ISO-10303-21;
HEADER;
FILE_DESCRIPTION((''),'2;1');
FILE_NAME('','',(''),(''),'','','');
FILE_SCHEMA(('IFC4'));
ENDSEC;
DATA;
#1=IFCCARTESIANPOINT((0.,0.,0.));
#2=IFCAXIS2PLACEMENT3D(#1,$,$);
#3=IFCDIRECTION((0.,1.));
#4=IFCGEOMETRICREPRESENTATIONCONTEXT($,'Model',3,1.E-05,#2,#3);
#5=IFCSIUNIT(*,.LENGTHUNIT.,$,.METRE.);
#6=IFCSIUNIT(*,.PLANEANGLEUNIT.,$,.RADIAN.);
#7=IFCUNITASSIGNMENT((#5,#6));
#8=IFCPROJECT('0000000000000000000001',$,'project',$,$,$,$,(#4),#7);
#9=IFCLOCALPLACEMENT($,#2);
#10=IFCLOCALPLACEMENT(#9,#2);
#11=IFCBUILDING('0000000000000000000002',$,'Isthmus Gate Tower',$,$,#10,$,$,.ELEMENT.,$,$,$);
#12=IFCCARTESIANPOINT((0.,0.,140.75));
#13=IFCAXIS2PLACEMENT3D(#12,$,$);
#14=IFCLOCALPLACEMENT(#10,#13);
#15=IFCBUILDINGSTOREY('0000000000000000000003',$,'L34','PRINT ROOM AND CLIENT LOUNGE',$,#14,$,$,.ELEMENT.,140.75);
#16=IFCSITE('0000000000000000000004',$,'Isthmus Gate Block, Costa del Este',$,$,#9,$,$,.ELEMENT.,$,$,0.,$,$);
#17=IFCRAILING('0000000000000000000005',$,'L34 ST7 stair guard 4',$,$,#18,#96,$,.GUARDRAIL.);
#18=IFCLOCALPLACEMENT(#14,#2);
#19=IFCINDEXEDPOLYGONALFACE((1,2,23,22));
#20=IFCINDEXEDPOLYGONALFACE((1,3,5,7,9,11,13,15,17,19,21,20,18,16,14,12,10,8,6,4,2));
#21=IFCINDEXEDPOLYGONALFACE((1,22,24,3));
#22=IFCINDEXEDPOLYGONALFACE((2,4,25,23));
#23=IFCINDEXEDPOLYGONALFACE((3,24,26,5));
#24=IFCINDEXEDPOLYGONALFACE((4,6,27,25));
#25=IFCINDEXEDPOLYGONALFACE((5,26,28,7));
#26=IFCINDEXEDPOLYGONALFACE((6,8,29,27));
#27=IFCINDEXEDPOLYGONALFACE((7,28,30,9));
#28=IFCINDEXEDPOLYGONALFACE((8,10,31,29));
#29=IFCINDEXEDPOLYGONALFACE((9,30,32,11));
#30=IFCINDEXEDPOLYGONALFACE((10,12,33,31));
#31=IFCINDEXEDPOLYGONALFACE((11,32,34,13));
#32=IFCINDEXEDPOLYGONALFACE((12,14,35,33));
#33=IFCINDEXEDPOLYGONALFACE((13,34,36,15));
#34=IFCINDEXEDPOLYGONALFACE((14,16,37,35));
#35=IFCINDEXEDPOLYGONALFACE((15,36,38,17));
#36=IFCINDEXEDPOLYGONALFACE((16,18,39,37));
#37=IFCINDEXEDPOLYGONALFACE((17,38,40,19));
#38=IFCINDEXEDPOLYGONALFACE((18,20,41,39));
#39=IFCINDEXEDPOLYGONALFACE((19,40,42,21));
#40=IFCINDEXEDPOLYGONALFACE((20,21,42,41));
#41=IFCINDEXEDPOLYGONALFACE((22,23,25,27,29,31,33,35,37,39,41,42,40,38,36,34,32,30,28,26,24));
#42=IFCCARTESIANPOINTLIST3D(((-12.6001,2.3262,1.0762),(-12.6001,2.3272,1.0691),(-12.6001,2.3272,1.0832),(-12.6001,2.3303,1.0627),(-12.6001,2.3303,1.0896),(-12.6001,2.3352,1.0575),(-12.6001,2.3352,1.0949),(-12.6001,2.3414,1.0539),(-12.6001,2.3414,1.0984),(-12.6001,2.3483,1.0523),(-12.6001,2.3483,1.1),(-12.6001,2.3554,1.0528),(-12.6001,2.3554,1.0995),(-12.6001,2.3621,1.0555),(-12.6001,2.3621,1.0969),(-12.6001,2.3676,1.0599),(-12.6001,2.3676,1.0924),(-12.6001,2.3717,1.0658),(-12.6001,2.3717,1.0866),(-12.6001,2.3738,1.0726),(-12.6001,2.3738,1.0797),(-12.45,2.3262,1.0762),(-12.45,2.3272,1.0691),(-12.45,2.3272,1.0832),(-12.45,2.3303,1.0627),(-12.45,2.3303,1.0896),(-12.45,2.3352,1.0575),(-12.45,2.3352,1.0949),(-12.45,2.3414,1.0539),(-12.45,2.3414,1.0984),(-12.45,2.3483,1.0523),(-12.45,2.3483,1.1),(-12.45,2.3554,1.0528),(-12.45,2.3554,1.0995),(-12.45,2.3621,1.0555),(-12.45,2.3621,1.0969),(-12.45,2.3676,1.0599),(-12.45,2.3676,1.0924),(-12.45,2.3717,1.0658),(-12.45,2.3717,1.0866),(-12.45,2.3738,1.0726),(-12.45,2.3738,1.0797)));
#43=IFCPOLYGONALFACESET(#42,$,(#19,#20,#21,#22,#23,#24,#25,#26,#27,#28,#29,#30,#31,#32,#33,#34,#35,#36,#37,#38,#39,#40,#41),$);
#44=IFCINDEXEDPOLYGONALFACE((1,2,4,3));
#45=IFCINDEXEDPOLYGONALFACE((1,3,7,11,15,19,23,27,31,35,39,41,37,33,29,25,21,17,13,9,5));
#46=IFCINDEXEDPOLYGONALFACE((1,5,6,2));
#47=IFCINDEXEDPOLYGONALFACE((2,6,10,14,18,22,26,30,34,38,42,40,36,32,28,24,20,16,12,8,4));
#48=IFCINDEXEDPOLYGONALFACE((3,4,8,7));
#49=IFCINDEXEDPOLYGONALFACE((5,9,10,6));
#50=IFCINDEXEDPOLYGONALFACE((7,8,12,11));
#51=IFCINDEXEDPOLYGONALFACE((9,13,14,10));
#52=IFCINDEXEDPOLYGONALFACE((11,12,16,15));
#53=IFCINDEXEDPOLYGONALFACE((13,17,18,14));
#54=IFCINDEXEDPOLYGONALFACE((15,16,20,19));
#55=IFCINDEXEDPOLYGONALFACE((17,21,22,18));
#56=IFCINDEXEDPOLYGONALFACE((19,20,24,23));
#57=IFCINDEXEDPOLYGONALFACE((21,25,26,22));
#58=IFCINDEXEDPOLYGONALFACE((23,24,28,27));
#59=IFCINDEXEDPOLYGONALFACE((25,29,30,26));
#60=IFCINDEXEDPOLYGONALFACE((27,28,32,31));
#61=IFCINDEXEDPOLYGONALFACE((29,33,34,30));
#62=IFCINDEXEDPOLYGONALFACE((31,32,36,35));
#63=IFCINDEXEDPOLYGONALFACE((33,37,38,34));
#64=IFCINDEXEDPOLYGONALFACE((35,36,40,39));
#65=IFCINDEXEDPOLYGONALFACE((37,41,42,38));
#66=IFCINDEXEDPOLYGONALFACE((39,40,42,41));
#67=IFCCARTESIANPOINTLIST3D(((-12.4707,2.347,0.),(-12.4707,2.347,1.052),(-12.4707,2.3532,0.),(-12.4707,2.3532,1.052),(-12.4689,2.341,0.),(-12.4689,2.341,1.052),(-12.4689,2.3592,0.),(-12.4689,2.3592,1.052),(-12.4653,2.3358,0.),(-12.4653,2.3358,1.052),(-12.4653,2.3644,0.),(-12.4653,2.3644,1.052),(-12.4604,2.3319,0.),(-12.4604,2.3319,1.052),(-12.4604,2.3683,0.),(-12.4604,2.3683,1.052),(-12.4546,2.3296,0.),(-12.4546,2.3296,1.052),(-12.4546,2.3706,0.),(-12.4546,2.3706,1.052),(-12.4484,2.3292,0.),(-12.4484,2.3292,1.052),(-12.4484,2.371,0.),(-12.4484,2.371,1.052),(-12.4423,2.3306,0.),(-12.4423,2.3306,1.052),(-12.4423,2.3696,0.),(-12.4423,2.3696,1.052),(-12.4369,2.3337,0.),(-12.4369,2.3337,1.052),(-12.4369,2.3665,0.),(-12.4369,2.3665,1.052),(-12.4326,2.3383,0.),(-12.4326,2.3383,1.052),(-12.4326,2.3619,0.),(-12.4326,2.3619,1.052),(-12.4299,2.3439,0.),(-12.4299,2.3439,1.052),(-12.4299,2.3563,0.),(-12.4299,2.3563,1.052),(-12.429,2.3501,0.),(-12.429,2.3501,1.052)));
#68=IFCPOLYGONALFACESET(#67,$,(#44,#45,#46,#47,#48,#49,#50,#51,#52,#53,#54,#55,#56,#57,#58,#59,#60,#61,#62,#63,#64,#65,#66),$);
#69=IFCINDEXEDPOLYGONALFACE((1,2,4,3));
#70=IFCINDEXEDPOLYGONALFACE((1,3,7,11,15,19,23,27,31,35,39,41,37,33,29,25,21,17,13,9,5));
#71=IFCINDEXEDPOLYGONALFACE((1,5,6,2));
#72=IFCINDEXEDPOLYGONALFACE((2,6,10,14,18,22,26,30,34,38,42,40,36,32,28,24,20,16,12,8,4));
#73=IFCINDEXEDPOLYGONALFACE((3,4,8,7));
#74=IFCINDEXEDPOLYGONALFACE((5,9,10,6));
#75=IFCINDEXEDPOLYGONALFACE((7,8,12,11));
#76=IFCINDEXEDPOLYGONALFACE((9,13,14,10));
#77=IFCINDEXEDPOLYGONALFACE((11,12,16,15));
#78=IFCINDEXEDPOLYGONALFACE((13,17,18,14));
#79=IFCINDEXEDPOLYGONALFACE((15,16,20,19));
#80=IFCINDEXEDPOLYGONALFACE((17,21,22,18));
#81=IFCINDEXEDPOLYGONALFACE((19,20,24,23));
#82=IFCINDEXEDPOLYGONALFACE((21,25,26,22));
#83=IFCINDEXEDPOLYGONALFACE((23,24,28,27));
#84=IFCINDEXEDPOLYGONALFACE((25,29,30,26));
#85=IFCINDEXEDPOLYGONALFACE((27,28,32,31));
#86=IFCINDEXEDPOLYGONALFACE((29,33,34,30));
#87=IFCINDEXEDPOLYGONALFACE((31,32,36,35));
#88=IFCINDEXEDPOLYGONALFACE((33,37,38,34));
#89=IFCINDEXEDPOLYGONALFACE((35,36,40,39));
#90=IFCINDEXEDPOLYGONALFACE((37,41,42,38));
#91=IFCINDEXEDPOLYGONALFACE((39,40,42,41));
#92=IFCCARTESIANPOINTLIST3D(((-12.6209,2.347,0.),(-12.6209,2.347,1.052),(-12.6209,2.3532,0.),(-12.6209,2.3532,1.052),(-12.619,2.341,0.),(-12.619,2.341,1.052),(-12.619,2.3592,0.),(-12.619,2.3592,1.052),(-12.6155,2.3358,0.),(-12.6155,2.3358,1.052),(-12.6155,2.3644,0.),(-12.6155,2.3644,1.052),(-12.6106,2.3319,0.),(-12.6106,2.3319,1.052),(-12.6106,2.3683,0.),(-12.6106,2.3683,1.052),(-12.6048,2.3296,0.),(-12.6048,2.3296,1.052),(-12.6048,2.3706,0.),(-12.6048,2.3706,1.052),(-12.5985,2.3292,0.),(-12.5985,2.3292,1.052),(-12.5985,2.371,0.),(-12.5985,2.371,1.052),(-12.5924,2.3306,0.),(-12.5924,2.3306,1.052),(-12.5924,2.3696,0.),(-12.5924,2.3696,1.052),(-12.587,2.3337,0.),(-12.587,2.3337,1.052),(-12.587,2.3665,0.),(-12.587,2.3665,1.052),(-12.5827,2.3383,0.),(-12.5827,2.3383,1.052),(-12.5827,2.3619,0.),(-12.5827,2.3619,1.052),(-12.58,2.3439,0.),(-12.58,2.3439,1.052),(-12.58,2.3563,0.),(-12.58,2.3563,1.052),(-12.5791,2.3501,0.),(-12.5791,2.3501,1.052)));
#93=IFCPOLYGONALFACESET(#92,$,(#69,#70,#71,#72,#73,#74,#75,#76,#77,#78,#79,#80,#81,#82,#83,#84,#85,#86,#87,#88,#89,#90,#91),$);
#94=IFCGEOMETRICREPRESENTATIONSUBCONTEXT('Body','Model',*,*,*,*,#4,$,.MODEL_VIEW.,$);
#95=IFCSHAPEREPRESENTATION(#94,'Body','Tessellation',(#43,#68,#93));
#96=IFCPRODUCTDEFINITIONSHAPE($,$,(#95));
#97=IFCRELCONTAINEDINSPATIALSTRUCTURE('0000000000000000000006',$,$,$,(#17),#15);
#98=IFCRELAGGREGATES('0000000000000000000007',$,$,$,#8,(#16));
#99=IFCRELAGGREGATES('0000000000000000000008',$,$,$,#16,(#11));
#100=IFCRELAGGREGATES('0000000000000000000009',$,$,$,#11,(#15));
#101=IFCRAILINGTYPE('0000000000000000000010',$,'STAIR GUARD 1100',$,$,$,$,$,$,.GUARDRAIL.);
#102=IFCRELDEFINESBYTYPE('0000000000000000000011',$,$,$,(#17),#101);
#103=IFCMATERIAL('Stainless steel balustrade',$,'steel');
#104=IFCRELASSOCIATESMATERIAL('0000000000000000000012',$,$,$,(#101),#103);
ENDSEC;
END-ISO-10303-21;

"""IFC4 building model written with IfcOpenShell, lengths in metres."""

from ifc_helpers import new_model, si_unit, direction, frame, origin, origin_2d, place, context, subcontext, project, spatial, circle, extrude, material, type_object, element, save


model = new_model("IFC4")

# Units and contexts
model_context = context("Model", 3, precision=1e-05, world=origin(), true_north=direction((0.0, 1.0)))
body_context = subcontext(model_context, "Body", "Model", "MODEL_VIEW")
ifc_project = project(units=[si_unit("LENGTHUNIT", "METRE"), si_unit("PLANEANGLEUNIT", "RADIAN")], contexts=[model_context])

# Site, building, storey
site_placement = place(None, origin())
site = spatial("IfcSite", under=ifc_project, at=site_placement, Name="Isthmus Gate Block, Costa del Este", CompositionType="ELEMENT", RefElevation=0.0)
building_placement = place(site_placement, origin())
building = spatial("IfcBuilding", under=site, at=building_placement, Name="Isthmus Gate Tower", CompositionType="ELEMENT")
storey_placement = place(building_placement, frame((0.0, 0.0, 140.75)))
storey = spatial("IfcBuildingStorey", under=building, at=storey_placement, Name="L34", Description="PRINT ROOM AND CLIENT LOUNGE", CompositionType="ELEMENT", Elevation=140.75)

# Railing
ifc_material_1 = material(Name="Stainless steel balustrade", Category="steel")
railing_type_1 = type_object("IfcRailingType", Name="STAIR GUARD 1100", PredefinedType="GUARDRAIL", material=ifc_material_1)
railing_1_placement = place(storey_placement, frame((-12.45, 2.3501, 0.0)))
element("IfcRailing", 1, at=railing_1_placement, inside=storey, type_object=railing_type_1, Name="L34 ST7 stair guard 4", PredefinedType="GUARDRAIL", context=body_context, shape_type="SweptSolid", body=[
    extrude(circle(Radius=0.0239, at=origin_2d()), frame((0.0, 0.0, 1.0762), z_axis=(-1.0, 0.0, 0.0), x_axis=(0.0, -1.0, 0.0)), (0.0, 0.0, 1.0), 0.1501),
    extrude(circle(Radius=0.021, at=origin_2d()), origin(), (0.0, 0.0, 1.0), 1.052),
    extrude(circle(Radius=0.021, at=origin_2d()), frame((-0.1501, 0.0, 0.0)), (0.0, 0.0, 1.0), 1.052),
])

save(model, "model.ifc")
